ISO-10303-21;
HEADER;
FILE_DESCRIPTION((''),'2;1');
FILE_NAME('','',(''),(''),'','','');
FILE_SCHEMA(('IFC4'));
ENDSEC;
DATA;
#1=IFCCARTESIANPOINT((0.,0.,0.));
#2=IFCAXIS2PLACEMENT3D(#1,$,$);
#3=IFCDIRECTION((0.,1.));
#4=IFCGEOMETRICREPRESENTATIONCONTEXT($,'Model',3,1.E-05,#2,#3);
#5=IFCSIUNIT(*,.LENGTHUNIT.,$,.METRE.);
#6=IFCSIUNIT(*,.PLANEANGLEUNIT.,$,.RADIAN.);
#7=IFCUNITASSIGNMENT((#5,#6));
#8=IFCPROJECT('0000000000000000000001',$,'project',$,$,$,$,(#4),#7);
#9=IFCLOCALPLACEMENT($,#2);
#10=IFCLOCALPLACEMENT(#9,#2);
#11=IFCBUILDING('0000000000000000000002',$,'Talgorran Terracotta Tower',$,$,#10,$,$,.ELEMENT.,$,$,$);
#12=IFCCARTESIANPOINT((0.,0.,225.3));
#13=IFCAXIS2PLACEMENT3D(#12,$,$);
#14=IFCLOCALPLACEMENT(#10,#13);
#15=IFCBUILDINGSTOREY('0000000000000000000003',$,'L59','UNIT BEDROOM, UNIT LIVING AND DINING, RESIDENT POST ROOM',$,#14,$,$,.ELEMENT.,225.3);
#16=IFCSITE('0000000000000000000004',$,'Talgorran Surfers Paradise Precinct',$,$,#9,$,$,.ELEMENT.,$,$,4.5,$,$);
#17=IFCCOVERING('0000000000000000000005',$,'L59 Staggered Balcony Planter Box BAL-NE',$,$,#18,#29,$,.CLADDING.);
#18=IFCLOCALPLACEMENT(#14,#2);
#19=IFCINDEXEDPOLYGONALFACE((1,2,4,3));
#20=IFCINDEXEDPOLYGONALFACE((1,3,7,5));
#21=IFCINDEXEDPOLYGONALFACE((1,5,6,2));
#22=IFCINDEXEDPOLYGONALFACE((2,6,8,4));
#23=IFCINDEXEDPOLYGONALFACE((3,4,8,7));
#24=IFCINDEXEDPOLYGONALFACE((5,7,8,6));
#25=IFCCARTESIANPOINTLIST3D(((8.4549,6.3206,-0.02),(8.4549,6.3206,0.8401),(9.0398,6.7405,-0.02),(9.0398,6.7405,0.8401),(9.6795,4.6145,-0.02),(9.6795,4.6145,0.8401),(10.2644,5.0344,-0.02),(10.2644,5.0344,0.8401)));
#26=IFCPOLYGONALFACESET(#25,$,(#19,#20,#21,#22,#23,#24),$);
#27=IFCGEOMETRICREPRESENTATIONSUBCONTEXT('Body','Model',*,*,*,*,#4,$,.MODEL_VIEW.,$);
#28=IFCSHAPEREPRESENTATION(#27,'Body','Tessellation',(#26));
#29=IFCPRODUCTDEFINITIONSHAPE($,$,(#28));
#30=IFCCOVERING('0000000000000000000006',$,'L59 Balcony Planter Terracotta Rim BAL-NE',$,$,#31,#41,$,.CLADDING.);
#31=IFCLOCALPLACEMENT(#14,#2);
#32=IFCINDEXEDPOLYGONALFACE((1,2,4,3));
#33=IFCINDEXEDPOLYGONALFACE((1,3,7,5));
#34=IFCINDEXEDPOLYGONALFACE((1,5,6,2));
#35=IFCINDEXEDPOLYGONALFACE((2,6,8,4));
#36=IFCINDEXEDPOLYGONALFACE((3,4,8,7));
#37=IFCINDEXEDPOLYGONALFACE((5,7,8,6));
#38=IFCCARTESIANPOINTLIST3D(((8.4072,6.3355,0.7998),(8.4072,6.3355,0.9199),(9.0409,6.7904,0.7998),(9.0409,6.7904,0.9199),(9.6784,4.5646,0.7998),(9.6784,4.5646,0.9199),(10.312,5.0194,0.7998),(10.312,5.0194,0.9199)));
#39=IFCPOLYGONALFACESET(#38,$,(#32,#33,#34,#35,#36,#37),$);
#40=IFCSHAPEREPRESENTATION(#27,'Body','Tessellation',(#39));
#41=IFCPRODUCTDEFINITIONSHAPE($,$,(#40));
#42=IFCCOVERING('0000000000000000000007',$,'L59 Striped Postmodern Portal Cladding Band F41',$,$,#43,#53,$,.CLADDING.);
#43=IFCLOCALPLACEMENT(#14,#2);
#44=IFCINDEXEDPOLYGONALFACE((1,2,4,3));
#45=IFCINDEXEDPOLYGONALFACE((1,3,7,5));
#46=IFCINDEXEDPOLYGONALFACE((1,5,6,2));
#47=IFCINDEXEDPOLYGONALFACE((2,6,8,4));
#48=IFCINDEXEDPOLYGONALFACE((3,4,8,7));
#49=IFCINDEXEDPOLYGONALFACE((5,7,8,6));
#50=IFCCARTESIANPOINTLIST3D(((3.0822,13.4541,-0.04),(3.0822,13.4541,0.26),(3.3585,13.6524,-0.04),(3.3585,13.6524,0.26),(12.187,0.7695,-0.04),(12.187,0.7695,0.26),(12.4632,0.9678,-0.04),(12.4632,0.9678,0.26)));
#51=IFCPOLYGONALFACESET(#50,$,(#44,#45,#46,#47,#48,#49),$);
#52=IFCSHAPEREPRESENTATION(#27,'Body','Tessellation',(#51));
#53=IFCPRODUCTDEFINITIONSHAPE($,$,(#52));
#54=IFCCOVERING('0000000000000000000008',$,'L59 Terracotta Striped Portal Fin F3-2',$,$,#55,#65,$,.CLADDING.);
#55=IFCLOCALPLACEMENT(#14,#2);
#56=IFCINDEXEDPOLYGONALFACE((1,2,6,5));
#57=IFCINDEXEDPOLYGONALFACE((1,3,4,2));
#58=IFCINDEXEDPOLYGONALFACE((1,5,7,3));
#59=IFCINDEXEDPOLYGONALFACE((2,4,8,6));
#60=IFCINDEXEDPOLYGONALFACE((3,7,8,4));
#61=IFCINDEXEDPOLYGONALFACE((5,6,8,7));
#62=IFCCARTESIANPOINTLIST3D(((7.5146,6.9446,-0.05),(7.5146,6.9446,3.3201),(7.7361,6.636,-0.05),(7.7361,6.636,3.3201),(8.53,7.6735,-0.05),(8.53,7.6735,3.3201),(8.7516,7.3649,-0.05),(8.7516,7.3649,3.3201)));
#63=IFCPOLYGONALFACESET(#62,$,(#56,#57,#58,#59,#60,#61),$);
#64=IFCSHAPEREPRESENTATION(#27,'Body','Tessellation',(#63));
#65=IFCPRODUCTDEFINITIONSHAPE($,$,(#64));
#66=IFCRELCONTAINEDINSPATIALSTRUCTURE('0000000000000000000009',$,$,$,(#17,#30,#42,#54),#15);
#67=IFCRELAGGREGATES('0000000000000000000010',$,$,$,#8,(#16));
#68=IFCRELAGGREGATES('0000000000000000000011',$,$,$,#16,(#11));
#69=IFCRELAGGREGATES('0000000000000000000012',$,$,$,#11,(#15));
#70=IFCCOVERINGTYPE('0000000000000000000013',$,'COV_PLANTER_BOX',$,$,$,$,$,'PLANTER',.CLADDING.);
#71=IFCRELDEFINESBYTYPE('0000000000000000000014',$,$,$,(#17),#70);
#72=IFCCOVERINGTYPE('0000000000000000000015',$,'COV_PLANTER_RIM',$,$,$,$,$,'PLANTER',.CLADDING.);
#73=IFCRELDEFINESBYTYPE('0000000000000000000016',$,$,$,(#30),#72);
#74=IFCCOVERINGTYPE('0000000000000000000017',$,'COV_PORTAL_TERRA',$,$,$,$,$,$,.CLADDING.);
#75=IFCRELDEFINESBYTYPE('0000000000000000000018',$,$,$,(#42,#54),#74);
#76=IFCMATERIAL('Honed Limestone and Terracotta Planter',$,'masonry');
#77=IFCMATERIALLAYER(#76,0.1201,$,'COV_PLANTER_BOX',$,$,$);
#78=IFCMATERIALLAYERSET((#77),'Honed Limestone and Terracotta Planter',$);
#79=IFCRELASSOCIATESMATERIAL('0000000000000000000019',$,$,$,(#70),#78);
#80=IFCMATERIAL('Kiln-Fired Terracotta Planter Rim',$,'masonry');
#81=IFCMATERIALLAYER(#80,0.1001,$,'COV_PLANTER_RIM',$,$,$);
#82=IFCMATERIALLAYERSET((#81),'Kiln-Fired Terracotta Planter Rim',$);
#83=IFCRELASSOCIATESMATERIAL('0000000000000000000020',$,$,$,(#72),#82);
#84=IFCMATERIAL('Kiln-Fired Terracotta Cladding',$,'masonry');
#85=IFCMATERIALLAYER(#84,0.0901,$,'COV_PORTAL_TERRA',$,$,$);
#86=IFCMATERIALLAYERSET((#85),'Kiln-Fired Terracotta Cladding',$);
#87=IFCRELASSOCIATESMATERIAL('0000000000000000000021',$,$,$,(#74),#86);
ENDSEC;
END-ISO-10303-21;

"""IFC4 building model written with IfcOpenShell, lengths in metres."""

from ifc_helpers import new_model, si_unit, direction, frame, origin, origin_2d, place, context, subcontext, project, spatial, rectangle, extrude, material, layer, layer_set, type_object, element, save


model = new_model("IFC4")

# Units and contexts
model_context = context("Model", 3, precision=1e-05, world=origin(), true_north=direction((0.0, 1.0)))
body_context = subcontext(model_context, "Body", "Model", "MODEL_VIEW")
ifc_project = project(units=[si_unit("LENGTHUNIT", "METRE"), si_unit("PLANEANGLEUNIT", "RADIAN")], contexts=[model_context])

# Site, building, storey
site_placement = place(None, origin())
site = spatial("IfcSite", under=ifc_project, at=site_placement, Name="Talgorran Surfers Paradise Precinct", CompositionType="ELEMENT", RefElevation=4.5)
building_placement = place(site_placement, origin())
building = spatial("IfcBuilding", under=site, at=building_placement, Name="Talgorran Terracotta Tower", CompositionType="ELEMENT")
storey_placement = place(building_placement, frame((0.0, 0.0, 225.3)))
storey = spatial("IfcBuildingStorey", under=building, at=storey_placement, Name="L59", Description="UNIT BEDROOM, UNIT LIVING AND DINING, RESIDENT POST ROOM", CompositionType="ELEMENT", Elevation=225.3)

# Coverings
ifc_material_1 = material(Name="Honed Limestone and Terracotta Planter", Category="masonry")
ifc_layer_1 = layer(ifc_material_1, 0.1201, Name="COV_PLANTER_BOX")
ifc_layer_set_1 = layer_set([ifc_layer_1], Name="Honed Limestone and Terracotta Planter")
covering_type_1 = type_object("IfcCoveringType", Name="COV_PLANTER_BOX", ElementType="PLANTER", PredefinedType="CLADDING", material=ifc_layer_set_1)
covering_1_placement = place(storey_placement, frame((9.3596, 5.6775, -0.02), z_axis=(0.0, 0.0, 1.0), x_axis=(-0.583116, 0.812389, 0.0)))
element("IfcCovering", 1, at=covering_1_placement, inside=storey, type_object=covering_type_1, Name="L59 Staggered Balcony Planter Box BAL-NE", PredefinedType="CLADDING", context=body_context, shape_type="SweptSolid", body=[
    extrude(rectangle(XDim=2.1001, YDim=0.72, at=origin_2d()), origin(), (0.0, 0.0, 1.0), 0.8601),
])
ifc_material_2 = material(Name="Kiln-Fired Terracotta Planter Rim", Category="masonry")
ifc_layer_2 = layer(ifc_material_2, 0.1001, Name="COV_PLANTER_RIM")
ifc_layer_set_2 = layer_set([ifc_layer_2], Name="Kiln-Fired Terracotta Planter Rim")
covering_type_2 = type_object("IfcCoveringType", Name="COV_PLANTER_RIM", ElementType="PLANTER", PredefinedType="CLADDING", material=ifc_layer_set_2)
covering_2_placement = place(storey_placement, frame((9.3596, 5.6775, 0.7998), z_axis=(0.0, 0.0, 1.0), x_axis=(-0.583116, 0.812389, 0.0)))
element("IfcCovering", 2, at=covering_2_placement, inside=storey, type_object=covering_type_2, Name="L59 Balcony Planter Terracotta Rim BAL-NE", PredefinedType="CLADDING", context=body_context, shape_type="SweptSolid", body=[
    extrude(rectangle(XDim=2.1799, YDim=0.78, at=origin_2d()), origin(), (0.0, 0.0, 1.0), 0.1201),
])
ifc_material_3 = material(Name="Kiln-Fired Terracotta Cladding", Category="masonry")
ifc_layer_3 = layer(ifc_material_3, 0.0901, Name="COV_PORTAL_TERRA")
ifc_layer_set_3 = layer_set([ifc_layer_3], Name="Kiln-Fired Terracotta Cladding")
covering_type_3 = type_object("IfcCoveringType", Name="COV_PORTAL_TERRA", PredefinedType="CLADDING", material=ifc_layer_set_3)
covering_3_placement = place(storey_placement, frame((7.7727, 7.2109, -0.04), z_axis=(0.0, 0.0, 1.0), x_axis=(-0.583116, 0.812389, 0.0)))
element("IfcCovering", 3, at=covering_3_placement, inside=storey, type_object=covering_type_3, Name="L59 Striped Postmodern Portal Cladding Band F41", PredefinedType="CLADDING", context=body_context, shape_type="SweptSolid", body=[
    extrude(rectangle(XDim=15.614, YDim=0.3401, at=origin_2d()), origin(), (0.0, 0.0, 1.0), 0.3),
])
covering_4_placement = place(storey_placement, frame((8.1331, 7.1548, -0.05), z_axis=(0.0, 0.0, 1.0), x_axis=(-0.583116, 0.812389, 0.0)))
element("IfcCovering", 4, at=covering_4_placement, inside=storey, type_object=covering_type_3, Name="L59 Terracotta Striped Portal Fin F3-2", PredefinedType="CLADDING", context=body_context, shape_type="SweptSolid", body=[
    extrude(rectangle(XDim=0.3799, YDim=1.25, at=origin_2d()), origin(), (0.0, 0.0, 1.0), 3.3701),
])

save(model, "model.ifc")
